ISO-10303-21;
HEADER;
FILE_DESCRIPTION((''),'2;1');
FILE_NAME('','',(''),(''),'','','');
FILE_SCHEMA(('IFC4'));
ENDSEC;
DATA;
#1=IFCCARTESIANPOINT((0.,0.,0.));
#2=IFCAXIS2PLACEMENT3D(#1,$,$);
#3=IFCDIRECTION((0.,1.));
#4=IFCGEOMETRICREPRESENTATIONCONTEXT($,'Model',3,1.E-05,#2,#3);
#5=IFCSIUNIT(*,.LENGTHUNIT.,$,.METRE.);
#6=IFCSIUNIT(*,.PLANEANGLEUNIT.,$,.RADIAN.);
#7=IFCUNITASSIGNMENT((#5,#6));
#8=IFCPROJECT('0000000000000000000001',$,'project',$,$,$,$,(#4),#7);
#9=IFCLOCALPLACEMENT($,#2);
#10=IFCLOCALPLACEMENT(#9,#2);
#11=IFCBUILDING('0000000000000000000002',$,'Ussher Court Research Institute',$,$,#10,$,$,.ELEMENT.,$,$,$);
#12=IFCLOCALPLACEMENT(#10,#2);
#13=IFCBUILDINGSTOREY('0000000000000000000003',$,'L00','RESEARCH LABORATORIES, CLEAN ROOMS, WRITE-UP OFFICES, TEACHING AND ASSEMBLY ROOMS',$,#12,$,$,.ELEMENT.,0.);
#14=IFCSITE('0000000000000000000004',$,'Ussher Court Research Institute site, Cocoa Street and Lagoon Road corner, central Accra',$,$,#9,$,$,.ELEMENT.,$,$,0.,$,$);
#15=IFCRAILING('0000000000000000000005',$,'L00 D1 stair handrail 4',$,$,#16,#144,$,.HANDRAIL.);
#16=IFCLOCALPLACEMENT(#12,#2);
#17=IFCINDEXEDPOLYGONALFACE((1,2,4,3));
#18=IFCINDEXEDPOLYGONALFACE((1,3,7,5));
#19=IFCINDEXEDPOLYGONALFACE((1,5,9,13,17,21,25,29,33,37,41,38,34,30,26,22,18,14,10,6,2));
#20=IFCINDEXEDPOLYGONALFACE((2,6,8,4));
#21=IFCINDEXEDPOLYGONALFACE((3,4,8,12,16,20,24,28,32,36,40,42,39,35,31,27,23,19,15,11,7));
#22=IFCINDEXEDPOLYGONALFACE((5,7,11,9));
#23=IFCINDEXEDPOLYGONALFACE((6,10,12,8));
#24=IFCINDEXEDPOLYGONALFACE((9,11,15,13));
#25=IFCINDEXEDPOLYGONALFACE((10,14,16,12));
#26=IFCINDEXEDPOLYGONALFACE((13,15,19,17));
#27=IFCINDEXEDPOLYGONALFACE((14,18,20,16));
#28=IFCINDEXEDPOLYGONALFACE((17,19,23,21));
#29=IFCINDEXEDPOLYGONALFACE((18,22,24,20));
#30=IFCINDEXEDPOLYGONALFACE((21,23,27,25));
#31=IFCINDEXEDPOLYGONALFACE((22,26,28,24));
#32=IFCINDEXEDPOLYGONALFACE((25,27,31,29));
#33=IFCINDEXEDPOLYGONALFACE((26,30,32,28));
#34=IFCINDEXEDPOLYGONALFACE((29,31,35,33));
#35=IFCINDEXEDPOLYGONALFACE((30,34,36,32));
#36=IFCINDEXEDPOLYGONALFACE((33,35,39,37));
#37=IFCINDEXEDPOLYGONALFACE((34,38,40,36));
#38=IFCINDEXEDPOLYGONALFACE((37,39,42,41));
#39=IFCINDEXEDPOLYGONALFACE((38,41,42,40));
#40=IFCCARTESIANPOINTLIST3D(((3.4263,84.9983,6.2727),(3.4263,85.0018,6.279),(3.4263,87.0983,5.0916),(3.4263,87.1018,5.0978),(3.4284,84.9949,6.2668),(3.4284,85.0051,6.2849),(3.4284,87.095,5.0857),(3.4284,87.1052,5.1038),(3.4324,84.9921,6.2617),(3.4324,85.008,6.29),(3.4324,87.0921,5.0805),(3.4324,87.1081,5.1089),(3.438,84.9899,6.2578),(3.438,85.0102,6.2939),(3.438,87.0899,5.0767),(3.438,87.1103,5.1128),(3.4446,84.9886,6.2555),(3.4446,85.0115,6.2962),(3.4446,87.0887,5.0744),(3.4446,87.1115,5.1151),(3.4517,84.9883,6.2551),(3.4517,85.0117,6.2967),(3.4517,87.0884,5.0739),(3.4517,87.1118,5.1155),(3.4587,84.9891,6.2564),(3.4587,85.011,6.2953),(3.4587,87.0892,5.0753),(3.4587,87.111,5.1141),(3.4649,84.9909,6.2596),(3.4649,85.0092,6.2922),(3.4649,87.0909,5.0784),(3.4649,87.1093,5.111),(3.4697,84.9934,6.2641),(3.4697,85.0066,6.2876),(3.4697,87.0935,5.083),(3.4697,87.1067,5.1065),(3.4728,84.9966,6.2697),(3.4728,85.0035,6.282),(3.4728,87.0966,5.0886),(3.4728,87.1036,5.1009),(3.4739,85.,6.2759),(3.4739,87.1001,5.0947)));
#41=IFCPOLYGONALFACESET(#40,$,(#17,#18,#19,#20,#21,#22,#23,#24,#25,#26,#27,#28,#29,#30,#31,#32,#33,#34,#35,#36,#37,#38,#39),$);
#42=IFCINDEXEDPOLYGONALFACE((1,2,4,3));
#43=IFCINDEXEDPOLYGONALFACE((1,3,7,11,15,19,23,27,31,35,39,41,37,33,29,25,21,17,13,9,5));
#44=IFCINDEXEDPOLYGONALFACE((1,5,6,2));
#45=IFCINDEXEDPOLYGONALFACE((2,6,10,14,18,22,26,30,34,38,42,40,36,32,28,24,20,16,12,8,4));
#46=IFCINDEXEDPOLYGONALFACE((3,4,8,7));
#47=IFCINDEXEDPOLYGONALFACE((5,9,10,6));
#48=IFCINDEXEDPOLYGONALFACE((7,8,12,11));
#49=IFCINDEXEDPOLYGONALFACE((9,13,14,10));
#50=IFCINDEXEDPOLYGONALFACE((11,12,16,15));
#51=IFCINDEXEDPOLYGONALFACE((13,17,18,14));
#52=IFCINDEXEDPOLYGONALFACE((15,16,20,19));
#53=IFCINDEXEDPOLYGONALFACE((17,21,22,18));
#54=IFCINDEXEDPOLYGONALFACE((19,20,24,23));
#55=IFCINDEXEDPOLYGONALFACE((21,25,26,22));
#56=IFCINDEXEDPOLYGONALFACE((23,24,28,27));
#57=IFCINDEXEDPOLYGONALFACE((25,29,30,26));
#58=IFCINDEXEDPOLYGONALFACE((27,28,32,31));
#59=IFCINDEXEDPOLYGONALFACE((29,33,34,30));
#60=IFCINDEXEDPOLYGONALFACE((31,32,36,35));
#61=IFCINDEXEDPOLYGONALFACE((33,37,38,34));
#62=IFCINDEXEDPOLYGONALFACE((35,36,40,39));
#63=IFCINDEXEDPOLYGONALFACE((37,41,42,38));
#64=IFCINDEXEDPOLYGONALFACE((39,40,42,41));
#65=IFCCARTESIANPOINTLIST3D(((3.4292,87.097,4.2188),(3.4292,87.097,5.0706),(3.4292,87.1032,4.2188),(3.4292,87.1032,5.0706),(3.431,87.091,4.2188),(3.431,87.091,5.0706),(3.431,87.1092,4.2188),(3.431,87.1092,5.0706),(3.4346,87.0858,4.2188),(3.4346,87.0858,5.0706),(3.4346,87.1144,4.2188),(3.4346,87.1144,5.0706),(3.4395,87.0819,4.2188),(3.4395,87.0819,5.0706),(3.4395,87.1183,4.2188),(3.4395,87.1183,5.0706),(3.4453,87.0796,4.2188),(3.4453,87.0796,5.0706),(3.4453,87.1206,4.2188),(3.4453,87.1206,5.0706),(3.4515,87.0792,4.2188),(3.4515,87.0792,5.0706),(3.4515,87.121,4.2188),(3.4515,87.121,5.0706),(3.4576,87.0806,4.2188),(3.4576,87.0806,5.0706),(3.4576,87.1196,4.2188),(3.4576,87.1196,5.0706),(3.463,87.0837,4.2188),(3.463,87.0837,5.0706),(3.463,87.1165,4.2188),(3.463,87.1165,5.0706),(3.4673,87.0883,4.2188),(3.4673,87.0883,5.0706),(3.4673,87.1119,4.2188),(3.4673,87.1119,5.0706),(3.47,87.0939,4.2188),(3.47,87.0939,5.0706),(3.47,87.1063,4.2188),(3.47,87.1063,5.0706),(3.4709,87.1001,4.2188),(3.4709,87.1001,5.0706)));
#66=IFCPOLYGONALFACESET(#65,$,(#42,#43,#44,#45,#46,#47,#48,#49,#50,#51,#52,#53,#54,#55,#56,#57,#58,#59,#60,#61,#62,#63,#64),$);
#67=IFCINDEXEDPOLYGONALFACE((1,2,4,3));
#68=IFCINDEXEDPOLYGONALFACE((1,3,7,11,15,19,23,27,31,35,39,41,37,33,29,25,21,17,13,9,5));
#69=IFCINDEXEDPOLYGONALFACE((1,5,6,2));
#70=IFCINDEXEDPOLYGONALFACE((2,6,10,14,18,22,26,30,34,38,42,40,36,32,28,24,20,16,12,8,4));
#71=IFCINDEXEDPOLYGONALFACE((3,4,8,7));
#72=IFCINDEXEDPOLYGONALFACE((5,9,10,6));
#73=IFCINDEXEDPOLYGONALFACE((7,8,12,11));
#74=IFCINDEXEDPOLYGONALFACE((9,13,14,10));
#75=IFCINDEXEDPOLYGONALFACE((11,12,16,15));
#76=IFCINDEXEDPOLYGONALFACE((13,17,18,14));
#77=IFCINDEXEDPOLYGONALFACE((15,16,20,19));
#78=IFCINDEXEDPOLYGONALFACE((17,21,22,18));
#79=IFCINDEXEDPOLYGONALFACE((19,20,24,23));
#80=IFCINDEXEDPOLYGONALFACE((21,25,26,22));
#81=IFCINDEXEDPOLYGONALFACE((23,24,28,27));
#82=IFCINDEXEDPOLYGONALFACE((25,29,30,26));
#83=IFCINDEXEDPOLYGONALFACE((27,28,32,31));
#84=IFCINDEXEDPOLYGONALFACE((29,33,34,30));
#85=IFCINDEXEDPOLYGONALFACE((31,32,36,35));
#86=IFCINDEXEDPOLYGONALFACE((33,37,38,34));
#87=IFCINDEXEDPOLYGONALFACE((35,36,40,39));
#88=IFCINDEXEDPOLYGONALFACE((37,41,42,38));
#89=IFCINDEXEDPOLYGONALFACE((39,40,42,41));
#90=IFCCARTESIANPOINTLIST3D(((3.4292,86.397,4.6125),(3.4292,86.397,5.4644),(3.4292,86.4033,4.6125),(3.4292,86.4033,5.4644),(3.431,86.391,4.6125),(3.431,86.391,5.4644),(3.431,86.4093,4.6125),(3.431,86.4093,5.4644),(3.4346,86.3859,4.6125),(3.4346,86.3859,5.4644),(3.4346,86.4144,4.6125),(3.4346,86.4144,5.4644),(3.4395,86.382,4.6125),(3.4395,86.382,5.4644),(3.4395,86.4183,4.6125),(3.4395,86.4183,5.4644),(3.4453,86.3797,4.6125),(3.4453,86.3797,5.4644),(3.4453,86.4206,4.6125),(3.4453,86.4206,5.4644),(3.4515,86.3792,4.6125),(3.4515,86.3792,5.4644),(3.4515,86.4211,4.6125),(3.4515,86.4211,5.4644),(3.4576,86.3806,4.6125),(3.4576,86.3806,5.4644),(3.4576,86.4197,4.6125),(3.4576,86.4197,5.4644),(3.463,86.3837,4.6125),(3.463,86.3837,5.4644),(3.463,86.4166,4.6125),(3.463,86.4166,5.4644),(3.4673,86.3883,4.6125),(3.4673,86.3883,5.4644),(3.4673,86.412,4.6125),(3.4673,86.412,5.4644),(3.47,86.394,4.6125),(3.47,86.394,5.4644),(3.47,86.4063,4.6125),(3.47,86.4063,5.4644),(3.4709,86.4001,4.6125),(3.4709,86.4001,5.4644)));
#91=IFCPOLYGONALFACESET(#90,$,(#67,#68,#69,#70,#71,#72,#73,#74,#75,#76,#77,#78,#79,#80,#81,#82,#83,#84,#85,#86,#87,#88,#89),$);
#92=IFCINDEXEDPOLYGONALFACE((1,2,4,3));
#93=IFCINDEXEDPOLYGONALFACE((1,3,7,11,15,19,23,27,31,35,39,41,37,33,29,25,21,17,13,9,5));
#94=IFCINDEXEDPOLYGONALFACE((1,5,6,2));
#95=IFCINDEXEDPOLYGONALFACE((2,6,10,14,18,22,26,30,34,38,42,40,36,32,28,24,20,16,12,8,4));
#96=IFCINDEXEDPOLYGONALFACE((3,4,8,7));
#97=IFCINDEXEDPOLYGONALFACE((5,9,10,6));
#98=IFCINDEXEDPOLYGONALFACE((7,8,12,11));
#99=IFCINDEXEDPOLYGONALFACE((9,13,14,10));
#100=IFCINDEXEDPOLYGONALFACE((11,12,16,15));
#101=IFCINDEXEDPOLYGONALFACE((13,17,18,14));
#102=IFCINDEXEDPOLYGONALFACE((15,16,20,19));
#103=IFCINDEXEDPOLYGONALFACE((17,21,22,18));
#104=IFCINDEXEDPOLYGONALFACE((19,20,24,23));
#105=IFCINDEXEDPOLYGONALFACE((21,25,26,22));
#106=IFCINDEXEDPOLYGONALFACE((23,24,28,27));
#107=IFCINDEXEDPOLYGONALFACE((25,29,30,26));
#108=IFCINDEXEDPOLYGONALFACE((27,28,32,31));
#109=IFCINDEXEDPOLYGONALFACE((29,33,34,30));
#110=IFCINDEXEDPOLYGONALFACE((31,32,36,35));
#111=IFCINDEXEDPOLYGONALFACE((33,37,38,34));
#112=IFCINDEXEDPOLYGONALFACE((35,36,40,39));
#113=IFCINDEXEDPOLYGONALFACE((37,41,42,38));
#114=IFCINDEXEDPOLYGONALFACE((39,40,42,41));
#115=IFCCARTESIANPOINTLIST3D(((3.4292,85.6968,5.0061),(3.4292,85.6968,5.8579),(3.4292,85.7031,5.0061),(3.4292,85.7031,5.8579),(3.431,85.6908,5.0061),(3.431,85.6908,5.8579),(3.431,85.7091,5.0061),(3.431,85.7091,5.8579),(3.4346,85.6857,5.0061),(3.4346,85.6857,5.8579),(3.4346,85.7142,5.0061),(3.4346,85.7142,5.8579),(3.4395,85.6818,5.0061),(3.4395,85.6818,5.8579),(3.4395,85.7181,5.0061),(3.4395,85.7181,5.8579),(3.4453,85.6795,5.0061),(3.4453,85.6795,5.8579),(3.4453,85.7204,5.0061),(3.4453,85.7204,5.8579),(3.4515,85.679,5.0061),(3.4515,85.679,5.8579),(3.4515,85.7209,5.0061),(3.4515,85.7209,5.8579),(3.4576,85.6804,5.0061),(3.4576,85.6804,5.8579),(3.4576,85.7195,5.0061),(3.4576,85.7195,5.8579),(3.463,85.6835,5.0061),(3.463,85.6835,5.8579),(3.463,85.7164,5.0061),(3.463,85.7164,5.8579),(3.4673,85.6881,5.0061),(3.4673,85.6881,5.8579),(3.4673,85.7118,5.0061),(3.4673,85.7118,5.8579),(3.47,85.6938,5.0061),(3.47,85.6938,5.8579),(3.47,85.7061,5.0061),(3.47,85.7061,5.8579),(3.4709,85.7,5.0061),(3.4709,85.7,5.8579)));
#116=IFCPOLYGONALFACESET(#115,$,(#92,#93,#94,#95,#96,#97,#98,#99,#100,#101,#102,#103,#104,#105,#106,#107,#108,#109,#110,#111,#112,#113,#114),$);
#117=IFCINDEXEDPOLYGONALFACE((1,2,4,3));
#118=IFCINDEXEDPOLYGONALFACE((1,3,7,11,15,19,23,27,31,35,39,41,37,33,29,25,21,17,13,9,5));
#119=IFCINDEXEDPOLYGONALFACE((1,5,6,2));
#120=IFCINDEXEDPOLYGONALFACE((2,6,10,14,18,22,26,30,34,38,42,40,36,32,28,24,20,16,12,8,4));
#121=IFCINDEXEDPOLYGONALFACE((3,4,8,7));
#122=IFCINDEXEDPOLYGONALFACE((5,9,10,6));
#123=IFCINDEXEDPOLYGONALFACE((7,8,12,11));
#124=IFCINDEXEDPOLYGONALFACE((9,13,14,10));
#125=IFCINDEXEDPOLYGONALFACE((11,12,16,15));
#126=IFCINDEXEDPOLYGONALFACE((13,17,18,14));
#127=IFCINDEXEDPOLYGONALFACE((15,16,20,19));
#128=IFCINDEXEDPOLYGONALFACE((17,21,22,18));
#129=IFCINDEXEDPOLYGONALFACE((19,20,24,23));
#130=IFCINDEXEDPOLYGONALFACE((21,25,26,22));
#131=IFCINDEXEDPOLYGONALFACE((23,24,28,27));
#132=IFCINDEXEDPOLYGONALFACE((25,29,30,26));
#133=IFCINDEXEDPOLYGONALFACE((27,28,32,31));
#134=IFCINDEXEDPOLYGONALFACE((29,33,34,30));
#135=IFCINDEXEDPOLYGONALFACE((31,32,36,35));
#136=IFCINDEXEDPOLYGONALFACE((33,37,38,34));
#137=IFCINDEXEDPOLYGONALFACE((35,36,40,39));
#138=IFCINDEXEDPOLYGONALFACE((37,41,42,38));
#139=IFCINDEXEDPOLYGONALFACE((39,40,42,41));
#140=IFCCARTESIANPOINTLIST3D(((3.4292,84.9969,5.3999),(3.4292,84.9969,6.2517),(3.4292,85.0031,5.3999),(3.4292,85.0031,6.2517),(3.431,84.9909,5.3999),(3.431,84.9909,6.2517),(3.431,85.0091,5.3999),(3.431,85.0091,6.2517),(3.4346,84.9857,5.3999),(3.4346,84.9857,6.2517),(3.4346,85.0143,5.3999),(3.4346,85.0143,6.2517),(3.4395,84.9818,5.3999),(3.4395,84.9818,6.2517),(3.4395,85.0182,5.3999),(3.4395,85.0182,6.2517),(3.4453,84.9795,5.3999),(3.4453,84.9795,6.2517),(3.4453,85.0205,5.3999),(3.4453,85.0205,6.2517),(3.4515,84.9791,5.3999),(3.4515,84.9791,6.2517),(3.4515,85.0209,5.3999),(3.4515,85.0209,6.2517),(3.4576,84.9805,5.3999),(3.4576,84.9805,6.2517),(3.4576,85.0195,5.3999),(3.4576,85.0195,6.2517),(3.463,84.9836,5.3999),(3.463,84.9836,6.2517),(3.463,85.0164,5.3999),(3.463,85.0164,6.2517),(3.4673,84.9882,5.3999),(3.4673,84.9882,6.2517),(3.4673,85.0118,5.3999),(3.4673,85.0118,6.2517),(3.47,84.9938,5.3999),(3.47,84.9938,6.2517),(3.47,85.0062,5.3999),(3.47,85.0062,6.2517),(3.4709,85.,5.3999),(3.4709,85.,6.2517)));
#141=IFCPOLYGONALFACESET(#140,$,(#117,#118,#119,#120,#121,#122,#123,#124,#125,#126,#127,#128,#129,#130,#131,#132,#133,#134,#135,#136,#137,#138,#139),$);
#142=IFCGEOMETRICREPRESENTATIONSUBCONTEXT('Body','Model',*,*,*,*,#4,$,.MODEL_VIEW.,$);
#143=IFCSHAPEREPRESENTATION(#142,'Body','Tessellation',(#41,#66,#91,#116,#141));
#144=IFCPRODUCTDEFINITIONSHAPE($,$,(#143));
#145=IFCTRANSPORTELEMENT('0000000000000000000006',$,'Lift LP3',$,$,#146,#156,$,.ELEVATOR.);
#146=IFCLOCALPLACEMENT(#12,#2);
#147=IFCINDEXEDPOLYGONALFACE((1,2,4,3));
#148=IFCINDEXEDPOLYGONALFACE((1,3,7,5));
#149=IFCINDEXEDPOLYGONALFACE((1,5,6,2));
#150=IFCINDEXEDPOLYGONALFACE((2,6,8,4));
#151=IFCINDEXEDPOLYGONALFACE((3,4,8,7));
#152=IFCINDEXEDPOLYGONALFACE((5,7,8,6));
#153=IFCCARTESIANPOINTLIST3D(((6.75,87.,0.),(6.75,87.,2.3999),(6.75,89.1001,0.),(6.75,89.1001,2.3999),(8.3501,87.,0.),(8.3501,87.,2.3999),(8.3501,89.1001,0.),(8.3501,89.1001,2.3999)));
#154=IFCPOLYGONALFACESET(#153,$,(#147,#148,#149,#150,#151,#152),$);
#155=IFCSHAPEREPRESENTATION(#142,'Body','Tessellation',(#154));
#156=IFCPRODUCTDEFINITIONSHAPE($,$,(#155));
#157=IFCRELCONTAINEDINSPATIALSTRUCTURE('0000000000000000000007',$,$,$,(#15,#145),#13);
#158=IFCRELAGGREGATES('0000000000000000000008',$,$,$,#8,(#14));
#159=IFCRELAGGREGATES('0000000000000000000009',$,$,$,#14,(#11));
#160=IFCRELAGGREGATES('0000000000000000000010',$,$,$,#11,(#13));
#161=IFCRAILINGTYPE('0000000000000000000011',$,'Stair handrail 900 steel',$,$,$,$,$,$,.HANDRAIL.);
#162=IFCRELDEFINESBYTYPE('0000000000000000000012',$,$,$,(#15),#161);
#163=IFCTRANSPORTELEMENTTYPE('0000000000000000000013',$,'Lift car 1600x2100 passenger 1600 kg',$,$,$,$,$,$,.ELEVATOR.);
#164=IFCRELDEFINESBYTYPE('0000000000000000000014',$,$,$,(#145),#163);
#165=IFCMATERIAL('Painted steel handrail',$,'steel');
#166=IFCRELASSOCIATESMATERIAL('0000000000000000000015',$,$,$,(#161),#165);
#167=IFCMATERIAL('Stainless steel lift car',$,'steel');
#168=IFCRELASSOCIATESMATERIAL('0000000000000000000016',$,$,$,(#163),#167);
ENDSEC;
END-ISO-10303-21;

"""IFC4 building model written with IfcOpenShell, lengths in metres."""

from ifc_helpers import new_model, si_unit, direction, frame, origin, origin_2d, place, context, subcontext, project, spatial, rectangle, circle, extrude, material, type_object, element, save


model = new_model("IFC4")

# Units and contexts
model_context = context("Model", 3, precision=1e-05, world=origin(), true_north=direction((0.0, 1.0)))
body_context = subcontext(model_context, "Body", "Model", "MODEL_VIEW")
ifc_project = project(units=[si_unit("LENGTHUNIT", "METRE"), si_unit("PLANEANGLEUNIT", "RADIAN")], contexts=[model_context])

# Site, building, storey
site_placement = place(None, origin())
site = spatial("IfcSite", under=ifc_project, at=site_placement, Name="Ussher Court Research Institute site, Cocoa Street and Lagoon Road corner, central Accra", CompositionType="ELEMENT", RefElevation=0.0)
building_placement = place(site_placement, origin())
building = spatial("IfcBuilding", under=site, at=building_placement, Name="Ussher Court Research Institute", CompositionType="ELEMENT")
storey_placement = place(building_placement, origin())
storey = spatial("IfcBuildingStorey", under=building, at=storey_placement, Name="L00", Description="RESEARCH LABORATORIES, CLEAN ROOMS, WRITE-UP OFFICES, TEACHING AND ASSEMBLY ROOMS", CompositionType="ELEMENT", Elevation=0.0)

# Railing
ifc_material_1 = material(Name="Painted steel handrail", Category="steel")
railing_type_1 = type_object("IfcRailingType", Name="Stair handrail 900 steel", PredefinedType="HANDRAIL", material=ifc_material_1)
railing_1_placement = place(storey_placement, frame((3.45, 87.1001, 4.2188)))
element("IfcRailing", 1, at=railing_1_placement, inside=storey, type_object=railing_type_1, Name="L00 D1 stair handrail 4", PredefinedType="HANDRAIL", context=body_context, shape_type="SweptSolid", body=[
    extrude(circle(Radius=0.0239, at=origin_2d()), frame((0.0, 0.0, 0.876), z_axis=(0.0, -0.871603, 0.490213), x_axis=(1.0, 0.0, 0.0)), (0.0, 0.0, 1.0), 2.4094),
    extrude(circle(Radius=0.021, at=origin_2d()), origin(), (0.0, 0.0, 1.0), 0.8518),
    extrude(circle(Radius=0.021, at=origin_2d()), frame((0.0, -0.7, 0.3938)), (0.0, 0.0, 1.0), 0.8518),
    extrude(circle(Radius=0.021, at=origin_2d()), frame((0.0, -1.4001, 0.7874)), (0.0, 0.0, 1.0), 0.8518),
    extrude(circle(Radius=0.021, at=origin_2d()), frame((0.0, -2.1001, 1.1812)), (0.0, 0.0, 1.0), 0.8518),
])

# Transport element
ifc_material_2 = material(Name="Stainless steel lift car", Category="steel")
transport_element_type = type_object("IfcTransportElementType", Name="Lift car 1600x2100 passenger 1600 kg", PredefinedType="ELEVATOR", material=ifc_material_2)
transport_element_placement = place(storey_placement, frame((7.55, 88.05, 0.0), z_axis=(0.0, 0.0, 1.0), x_axis=(1.0, 0.0, 0.0)))
element("IfcTransportElement", 2, at=transport_element_placement, inside=storey, type_object=transport_element_type, Name="Lift LP3", PredefinedType="ELEVATOR", context=body_context, shape_type="SweptSolid", body=[
    extrude(rectangle(XDim=1.6001, YDim=2.1001, at=origin_2d()), origin(), (0.0, 0.0, 1.0), 2.3999),
])

save(model, "model.ifc")
